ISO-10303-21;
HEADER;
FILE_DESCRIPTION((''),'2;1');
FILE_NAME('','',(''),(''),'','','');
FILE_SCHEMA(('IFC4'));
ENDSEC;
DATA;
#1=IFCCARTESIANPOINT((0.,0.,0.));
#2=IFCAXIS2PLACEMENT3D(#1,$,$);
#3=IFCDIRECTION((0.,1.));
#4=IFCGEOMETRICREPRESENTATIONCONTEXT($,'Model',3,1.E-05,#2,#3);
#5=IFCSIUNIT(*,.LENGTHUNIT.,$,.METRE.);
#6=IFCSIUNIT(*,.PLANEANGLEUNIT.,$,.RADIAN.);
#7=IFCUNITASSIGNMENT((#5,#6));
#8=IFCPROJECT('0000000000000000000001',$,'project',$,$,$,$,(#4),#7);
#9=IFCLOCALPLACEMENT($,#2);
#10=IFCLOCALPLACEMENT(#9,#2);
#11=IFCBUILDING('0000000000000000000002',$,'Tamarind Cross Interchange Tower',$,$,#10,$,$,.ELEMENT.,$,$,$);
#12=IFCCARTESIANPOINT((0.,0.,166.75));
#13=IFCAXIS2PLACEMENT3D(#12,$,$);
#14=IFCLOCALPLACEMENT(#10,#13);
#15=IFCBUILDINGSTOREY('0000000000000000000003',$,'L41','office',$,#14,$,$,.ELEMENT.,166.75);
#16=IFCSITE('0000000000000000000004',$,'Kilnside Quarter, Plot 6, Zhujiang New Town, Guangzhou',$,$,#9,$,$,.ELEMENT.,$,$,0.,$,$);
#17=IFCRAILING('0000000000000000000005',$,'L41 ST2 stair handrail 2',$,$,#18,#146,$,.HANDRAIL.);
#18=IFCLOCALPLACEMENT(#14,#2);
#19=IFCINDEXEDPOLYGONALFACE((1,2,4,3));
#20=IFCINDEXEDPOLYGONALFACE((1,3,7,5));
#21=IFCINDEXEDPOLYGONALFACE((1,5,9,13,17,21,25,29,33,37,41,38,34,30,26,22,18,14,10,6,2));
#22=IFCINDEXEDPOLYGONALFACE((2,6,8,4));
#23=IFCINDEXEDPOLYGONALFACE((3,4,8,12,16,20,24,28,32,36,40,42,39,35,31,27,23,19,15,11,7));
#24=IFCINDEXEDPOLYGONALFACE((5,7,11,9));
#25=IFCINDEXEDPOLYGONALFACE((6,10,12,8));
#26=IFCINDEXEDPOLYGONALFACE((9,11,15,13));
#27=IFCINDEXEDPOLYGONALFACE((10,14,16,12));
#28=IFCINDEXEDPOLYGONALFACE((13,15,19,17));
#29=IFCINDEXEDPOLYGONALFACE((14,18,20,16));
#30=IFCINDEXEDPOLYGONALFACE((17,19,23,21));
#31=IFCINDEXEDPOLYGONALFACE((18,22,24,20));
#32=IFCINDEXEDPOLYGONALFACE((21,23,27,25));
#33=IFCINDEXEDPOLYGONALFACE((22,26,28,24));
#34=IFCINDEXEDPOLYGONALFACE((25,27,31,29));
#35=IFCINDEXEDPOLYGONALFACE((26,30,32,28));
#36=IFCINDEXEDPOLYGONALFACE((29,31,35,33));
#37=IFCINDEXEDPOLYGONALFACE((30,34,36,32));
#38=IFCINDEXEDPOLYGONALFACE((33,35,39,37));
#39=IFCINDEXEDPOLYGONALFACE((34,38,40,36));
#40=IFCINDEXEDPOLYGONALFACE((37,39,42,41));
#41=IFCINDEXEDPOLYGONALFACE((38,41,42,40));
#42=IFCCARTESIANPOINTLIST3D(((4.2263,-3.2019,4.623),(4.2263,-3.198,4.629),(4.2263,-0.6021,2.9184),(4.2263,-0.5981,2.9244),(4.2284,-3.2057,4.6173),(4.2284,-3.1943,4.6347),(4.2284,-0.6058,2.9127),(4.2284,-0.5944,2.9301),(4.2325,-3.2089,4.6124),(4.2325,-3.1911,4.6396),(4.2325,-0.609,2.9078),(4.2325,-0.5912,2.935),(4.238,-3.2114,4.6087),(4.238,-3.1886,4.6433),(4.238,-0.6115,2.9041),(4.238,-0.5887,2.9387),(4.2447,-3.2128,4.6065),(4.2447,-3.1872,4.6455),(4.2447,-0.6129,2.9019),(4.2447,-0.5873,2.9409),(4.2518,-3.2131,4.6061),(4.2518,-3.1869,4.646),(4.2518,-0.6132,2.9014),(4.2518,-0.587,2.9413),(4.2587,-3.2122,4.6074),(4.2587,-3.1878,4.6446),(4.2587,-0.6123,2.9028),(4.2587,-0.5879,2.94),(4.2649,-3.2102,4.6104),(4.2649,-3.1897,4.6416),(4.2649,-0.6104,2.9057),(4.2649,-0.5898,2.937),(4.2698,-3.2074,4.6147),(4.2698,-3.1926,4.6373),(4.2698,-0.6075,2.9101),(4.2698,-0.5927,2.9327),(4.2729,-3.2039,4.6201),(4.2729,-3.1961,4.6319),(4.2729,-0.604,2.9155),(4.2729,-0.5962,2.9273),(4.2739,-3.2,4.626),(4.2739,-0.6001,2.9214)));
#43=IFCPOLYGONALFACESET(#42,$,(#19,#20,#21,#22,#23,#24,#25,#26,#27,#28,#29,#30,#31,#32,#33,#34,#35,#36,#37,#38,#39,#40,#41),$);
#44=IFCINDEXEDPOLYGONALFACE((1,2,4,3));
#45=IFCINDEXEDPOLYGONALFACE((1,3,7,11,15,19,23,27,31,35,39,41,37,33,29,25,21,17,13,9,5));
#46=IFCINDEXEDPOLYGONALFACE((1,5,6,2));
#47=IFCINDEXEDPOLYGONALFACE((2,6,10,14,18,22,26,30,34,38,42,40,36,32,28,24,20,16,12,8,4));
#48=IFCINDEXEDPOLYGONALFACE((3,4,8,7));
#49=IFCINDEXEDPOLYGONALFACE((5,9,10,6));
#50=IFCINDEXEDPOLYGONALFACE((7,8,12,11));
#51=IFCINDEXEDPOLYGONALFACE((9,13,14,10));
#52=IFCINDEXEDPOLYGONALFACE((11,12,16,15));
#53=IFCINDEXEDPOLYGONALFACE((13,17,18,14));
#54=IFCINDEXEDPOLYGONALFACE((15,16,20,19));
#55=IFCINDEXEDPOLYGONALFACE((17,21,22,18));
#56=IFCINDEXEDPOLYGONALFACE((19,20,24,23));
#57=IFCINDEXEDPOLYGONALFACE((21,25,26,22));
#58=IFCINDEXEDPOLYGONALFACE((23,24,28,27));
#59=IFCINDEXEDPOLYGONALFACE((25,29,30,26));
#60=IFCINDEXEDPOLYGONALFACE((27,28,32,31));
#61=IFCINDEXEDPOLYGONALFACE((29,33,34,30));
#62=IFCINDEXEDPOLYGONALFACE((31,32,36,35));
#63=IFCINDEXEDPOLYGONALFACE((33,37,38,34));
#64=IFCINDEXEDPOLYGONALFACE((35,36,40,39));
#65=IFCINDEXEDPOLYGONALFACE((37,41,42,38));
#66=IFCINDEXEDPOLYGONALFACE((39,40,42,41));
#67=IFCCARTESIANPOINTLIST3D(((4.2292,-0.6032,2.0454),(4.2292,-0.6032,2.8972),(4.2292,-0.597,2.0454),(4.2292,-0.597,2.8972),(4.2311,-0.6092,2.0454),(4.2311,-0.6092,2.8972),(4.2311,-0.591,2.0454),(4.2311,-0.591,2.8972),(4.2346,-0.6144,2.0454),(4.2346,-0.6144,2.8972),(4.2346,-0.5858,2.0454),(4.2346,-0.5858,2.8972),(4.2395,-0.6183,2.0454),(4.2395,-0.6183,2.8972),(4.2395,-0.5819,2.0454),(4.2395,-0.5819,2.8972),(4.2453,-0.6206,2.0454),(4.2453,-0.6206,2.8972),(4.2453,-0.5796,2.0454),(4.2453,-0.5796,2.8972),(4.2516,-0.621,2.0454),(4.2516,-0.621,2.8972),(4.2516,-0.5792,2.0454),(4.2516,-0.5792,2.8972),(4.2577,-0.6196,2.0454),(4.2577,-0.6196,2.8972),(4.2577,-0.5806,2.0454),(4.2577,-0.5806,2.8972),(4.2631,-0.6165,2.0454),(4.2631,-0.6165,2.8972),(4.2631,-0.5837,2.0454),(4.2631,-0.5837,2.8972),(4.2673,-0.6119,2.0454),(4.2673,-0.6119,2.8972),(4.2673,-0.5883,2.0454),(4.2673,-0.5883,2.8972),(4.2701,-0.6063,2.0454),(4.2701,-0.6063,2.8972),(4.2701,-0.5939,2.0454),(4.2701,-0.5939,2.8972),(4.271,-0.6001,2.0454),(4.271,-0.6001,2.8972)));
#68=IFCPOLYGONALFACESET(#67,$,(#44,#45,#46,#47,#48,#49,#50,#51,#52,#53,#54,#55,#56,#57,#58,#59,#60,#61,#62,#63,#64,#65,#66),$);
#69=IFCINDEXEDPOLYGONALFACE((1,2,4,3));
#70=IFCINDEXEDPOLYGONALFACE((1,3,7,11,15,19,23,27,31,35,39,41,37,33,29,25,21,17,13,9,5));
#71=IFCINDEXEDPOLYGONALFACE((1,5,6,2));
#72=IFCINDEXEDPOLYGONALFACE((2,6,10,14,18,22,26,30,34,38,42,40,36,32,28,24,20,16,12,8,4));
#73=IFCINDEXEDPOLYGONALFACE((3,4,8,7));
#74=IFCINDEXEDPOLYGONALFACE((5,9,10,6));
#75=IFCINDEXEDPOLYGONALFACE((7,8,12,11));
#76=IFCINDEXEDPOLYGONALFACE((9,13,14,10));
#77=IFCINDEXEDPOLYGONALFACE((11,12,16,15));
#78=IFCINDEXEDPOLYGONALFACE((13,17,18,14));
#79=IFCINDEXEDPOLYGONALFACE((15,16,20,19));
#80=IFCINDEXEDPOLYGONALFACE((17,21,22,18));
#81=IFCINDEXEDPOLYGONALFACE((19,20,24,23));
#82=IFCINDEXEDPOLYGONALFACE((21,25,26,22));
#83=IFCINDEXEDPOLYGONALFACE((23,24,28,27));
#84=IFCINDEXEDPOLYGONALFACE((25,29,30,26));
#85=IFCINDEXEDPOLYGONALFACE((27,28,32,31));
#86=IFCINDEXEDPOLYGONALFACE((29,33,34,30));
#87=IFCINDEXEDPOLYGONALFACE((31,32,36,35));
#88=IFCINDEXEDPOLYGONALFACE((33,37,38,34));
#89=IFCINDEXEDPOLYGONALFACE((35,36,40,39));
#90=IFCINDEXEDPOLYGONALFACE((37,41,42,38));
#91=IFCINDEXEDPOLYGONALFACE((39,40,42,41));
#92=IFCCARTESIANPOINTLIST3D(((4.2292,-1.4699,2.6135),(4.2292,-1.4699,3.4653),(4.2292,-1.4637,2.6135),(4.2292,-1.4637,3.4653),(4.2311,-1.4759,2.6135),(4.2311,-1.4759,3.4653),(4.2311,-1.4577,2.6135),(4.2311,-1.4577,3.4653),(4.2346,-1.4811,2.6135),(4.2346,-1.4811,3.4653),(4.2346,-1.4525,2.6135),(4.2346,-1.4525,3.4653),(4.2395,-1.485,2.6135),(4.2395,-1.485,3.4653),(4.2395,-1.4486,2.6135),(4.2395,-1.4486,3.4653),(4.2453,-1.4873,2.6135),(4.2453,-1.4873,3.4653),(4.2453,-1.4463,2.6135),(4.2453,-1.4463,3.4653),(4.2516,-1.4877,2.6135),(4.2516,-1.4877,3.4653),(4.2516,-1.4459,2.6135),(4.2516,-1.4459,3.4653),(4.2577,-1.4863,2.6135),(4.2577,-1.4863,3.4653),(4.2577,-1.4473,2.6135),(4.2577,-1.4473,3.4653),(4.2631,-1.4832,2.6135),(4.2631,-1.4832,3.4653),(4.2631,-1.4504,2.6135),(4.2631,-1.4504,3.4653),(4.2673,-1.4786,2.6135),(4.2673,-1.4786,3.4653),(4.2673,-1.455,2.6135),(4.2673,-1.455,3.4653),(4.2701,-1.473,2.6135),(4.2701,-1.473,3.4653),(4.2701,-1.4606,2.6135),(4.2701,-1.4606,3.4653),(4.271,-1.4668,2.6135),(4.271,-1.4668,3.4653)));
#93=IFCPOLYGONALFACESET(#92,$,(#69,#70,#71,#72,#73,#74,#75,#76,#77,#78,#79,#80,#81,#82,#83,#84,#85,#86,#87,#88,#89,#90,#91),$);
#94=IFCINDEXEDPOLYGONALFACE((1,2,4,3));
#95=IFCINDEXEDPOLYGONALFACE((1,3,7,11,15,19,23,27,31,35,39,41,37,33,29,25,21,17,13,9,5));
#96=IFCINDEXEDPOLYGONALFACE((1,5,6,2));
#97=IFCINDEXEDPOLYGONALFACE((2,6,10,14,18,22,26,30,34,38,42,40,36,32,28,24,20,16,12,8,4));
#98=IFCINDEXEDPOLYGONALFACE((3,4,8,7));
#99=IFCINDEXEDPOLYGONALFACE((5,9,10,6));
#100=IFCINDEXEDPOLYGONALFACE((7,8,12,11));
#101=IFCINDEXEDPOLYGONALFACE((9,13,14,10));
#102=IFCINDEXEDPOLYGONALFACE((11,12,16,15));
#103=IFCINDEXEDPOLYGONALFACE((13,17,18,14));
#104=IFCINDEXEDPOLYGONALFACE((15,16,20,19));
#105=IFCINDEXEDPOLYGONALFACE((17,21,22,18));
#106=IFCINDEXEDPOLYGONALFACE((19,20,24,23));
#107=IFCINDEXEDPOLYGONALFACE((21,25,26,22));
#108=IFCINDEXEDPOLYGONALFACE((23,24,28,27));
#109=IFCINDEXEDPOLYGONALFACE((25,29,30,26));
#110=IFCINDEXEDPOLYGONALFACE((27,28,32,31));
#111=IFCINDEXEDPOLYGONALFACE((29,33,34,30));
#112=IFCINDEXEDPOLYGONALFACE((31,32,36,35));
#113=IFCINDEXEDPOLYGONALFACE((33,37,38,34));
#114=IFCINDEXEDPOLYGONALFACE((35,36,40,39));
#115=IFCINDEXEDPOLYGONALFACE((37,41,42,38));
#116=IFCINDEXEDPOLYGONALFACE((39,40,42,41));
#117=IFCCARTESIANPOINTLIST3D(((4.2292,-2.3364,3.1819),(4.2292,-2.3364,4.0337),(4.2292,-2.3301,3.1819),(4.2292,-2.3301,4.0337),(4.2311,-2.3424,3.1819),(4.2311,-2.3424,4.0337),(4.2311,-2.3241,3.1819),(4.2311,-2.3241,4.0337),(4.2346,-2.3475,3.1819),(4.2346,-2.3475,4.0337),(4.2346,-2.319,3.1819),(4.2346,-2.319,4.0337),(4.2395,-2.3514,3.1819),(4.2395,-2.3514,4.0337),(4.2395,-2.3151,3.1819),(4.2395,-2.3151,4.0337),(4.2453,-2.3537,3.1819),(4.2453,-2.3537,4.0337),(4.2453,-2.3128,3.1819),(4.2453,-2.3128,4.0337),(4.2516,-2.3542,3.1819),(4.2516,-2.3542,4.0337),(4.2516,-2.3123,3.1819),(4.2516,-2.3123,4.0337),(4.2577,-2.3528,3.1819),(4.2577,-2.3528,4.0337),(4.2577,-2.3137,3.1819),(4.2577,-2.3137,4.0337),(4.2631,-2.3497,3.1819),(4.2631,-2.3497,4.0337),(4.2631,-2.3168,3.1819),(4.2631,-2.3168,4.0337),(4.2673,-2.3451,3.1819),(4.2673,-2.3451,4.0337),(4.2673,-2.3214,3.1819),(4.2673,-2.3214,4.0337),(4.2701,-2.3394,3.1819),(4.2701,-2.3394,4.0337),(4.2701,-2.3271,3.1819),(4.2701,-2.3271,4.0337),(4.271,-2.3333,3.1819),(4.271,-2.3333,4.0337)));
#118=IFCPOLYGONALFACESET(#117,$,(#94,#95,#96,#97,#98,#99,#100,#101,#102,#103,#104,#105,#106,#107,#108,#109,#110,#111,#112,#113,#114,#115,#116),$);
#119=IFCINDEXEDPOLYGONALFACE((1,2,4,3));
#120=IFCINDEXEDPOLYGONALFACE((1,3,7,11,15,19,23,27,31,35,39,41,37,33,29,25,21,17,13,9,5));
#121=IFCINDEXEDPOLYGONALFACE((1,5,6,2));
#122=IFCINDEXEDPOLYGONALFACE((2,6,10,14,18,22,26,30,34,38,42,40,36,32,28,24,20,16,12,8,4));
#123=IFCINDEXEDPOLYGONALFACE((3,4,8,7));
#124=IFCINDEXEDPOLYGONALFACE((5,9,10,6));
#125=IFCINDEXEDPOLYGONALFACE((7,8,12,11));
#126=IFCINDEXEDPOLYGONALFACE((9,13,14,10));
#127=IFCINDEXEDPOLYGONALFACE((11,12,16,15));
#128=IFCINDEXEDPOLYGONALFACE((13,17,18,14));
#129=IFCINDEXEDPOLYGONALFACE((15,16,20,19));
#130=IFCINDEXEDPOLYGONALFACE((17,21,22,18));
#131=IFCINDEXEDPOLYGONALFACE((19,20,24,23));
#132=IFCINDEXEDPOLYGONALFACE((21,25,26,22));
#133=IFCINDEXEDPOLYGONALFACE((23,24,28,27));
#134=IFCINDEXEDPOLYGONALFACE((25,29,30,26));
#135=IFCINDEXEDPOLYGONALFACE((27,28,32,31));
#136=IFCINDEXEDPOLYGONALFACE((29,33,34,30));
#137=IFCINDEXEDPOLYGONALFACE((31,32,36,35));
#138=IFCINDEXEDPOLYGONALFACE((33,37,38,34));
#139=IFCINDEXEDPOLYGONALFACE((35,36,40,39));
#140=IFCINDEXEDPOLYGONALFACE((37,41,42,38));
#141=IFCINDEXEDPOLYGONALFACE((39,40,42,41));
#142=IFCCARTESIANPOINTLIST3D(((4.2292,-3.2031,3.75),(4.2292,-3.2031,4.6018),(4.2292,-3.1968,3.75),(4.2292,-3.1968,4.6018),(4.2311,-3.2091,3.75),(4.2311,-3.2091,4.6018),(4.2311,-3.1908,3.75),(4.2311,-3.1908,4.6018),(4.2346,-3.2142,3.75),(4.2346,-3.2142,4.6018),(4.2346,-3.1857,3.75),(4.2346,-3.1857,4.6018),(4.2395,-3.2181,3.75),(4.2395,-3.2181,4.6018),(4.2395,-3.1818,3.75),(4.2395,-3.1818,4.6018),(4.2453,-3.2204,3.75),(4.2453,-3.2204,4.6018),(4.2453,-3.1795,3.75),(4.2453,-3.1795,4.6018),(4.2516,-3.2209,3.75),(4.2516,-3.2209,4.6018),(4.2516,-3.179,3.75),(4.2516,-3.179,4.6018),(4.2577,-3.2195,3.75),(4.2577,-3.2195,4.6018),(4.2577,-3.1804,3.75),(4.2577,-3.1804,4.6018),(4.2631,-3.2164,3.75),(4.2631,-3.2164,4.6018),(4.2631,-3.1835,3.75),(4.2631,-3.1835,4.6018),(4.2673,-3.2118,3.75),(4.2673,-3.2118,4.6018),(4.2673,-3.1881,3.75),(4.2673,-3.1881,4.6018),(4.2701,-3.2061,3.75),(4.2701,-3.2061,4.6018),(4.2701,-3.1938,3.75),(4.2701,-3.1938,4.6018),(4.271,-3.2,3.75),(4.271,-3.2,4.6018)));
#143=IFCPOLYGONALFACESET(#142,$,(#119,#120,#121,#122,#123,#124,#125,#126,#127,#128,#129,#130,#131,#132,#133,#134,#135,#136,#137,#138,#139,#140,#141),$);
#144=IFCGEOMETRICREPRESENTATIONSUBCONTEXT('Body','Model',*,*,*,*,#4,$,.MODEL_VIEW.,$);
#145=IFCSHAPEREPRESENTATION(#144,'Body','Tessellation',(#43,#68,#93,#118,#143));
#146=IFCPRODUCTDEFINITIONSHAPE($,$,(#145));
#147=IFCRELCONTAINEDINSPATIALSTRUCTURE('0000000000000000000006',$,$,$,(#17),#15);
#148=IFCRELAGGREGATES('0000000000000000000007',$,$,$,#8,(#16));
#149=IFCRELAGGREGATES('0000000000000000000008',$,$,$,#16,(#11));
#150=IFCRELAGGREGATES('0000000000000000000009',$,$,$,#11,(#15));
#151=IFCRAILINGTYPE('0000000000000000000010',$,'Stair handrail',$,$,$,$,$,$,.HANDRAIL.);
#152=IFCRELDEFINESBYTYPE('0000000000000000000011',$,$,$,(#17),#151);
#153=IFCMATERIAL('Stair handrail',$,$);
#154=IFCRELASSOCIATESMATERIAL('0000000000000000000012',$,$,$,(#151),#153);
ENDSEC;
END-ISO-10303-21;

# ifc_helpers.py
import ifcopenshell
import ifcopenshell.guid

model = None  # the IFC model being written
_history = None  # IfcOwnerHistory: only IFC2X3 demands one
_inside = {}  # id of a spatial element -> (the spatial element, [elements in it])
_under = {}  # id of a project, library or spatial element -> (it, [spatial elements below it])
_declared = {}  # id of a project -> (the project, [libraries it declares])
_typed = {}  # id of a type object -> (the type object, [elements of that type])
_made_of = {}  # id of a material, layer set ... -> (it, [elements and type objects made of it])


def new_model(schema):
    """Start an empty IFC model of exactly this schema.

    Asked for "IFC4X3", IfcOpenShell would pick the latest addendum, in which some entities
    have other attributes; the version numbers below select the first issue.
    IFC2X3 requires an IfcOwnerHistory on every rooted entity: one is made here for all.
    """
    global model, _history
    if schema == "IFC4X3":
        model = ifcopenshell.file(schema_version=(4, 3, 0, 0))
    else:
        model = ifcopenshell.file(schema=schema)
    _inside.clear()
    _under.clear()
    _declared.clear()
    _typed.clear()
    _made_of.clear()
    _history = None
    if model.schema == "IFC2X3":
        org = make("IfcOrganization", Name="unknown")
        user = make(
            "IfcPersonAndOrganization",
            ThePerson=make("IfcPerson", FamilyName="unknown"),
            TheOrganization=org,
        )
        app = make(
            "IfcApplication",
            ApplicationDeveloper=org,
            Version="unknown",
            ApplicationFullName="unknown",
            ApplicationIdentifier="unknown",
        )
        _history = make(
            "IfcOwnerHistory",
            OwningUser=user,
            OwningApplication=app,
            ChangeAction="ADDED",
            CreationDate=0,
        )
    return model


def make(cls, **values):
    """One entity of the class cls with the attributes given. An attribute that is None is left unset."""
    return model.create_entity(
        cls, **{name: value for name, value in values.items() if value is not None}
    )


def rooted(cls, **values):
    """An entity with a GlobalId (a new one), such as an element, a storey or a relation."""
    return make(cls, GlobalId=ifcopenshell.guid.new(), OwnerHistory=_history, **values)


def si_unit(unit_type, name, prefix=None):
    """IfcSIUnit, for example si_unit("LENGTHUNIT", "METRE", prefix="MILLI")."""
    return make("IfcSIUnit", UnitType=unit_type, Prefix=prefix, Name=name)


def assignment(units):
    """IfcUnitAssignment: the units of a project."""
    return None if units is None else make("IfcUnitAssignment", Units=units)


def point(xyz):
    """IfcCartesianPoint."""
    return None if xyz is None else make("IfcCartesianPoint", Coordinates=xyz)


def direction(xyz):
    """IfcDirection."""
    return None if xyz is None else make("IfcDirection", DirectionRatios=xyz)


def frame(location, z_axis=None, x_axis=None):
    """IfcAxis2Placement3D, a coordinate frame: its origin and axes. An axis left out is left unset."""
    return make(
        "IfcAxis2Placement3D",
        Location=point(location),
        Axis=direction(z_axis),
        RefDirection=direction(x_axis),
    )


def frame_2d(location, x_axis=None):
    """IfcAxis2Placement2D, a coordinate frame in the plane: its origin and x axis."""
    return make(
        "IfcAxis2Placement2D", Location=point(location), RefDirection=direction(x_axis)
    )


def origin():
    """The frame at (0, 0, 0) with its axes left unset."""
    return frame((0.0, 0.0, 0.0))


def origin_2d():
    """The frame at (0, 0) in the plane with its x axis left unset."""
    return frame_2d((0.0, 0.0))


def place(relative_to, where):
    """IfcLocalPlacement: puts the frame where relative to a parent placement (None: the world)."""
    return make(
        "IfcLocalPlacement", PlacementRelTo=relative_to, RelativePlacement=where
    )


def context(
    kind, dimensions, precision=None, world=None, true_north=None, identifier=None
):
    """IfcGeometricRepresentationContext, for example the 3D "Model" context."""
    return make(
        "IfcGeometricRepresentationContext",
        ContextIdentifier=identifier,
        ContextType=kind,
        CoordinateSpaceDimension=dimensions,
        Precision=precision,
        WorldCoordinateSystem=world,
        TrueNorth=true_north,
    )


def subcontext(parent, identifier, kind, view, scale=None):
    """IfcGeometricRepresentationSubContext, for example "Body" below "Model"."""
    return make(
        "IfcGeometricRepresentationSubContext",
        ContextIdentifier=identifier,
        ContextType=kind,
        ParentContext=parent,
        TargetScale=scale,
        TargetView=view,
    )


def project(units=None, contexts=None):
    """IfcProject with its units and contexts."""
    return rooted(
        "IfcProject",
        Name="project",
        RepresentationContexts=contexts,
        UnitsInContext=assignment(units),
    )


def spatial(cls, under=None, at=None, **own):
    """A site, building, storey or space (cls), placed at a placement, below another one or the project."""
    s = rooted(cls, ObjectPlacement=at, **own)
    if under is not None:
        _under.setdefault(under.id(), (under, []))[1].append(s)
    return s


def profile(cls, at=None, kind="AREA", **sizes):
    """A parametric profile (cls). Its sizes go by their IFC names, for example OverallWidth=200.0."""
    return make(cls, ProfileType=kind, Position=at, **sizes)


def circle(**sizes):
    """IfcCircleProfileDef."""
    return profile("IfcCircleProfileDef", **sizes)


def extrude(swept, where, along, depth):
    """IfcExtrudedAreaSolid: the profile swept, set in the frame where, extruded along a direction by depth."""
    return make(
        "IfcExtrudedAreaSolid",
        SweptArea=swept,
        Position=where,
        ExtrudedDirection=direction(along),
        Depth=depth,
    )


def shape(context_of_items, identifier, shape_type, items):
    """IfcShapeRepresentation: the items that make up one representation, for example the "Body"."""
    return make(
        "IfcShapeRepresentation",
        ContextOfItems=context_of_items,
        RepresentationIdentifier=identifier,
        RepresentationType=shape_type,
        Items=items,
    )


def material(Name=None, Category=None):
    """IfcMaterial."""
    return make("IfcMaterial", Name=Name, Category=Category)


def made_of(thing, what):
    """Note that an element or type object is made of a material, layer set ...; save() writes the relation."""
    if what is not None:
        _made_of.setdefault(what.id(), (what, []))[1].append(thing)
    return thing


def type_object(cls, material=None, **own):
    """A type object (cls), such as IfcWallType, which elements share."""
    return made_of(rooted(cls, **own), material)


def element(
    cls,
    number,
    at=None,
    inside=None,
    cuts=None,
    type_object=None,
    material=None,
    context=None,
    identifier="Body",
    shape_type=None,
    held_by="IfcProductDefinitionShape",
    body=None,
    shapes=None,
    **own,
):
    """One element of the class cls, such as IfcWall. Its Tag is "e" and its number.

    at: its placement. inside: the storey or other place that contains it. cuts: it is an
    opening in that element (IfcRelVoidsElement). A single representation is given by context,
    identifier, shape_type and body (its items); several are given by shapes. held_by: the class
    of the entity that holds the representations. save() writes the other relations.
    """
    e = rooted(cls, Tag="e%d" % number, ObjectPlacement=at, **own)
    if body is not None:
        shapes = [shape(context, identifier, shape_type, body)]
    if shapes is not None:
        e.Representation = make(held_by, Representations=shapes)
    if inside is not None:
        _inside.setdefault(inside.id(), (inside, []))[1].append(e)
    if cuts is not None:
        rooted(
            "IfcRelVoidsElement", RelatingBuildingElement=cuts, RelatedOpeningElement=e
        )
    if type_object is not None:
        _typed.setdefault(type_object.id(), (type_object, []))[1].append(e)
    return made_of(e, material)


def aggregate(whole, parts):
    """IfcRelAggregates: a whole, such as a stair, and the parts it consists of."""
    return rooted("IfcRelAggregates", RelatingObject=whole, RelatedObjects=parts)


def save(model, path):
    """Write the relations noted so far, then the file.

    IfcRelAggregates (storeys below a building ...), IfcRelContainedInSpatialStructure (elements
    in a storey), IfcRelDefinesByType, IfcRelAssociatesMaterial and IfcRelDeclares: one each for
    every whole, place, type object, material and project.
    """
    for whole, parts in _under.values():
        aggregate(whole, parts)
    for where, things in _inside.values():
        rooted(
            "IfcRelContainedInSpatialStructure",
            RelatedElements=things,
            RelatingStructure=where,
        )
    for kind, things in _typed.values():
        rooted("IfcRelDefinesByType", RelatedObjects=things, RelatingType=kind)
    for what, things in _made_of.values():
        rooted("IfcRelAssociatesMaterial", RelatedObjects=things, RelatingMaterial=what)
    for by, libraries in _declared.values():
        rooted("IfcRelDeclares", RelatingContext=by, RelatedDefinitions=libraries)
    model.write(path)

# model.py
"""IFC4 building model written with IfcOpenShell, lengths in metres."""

from ifc_helpers import new_model, si_unit, direction, frame, origin, origin_2d, place, context, subcontext, project, spatial, circle, extrude, material, type_object, element, save


model = new_model("IFC4")

# Units and contexts
model_context = context("Model", 3, precision=1e-05, world=origin(), true_north=direction((0.0, 1.0)))
body_context = subcontext(model_context, "Body", "Model", "MODEL_VIEW")
ifc_project = project(units=[si_unit("LENGTHUNIT", "METRE"), si_unit("PLANEANGLEUNIT", "RADIAN")], contexts=[model_context])

# Site, building, storey
site_placement = place(None, origin())
site = spatial("IfcSite", under=ifc_project, at=site_placement, Name="Kilnside Quarter, Plot 6, Zhujiang New Town, Guangzhou", CompositionType="ELEMENT", RefElevation=0.0)
building_placement = place(site_placement, origin())
building = spatial("IfcBuilding", under=site, at=building_placement, Name="Tamarind Cross Interchange Tower", CompositionType="ELEMENT")
storey_placement = place(building_placement, frame((0.0, 0.0, 166.75)))
storey = spatial("IfcBuildingStorey", under=building, at=storey_placement, Name="L41", Description="office", CompositionType="ELEMENT", Elevation=166.75)

# Railing
ifc_material_1 = material(Name="Stair handrail")
railing_type_1 = type_object("IfcRailingType", Name="Stair handrail", PredefinedType="HANDRAIL", material=ifc_material_1)
railing_1_placement = place(storey_placement, frame((4.25, -0.6001, 2.0454)))
element("IfcRailing", 1, at=railing_1_placement, inside=storey, type_object=railing_type_1, Name="L41 ST2 stair handrail 2", PredefinedType="HANDRAIL", context=body_context, shape_type="SweptSolid", body=[
    extrude(circle(Radius=0.0239, at=origin_2d()), frame((0.0, 0.0, 0.876), z_axis=(0.0, -0.836279, 0.548305), x_axis=(1.0, 0.0, 0.0)), (0.0, 0.0, 1.0), 3.1089),
    extrude(circle(Radius=0.021, at=origin_2d()), origin(), (0.0, 0.0, 1.0), 0.8518),
    extrude(circle(Radius=0.021, at=origin_2d()), frame((0.0, -0.8667, 0.5681)), (0.0, 0.0, 1.0), 0.8518),
    extrude(circle(Radius=0.021, at=origin_2d()), frame((0.0, -1.7332, 1.1365)), (0.0, 0.0, 1.0), 0.8518),
    extrude(circle(Radius=0.021, at=origin_2d()), frame((0.0, -2.5999, 1.7046)), (0.0, 0.0, 1.0), 0.8518),
])

save(model, "model.ifc")
